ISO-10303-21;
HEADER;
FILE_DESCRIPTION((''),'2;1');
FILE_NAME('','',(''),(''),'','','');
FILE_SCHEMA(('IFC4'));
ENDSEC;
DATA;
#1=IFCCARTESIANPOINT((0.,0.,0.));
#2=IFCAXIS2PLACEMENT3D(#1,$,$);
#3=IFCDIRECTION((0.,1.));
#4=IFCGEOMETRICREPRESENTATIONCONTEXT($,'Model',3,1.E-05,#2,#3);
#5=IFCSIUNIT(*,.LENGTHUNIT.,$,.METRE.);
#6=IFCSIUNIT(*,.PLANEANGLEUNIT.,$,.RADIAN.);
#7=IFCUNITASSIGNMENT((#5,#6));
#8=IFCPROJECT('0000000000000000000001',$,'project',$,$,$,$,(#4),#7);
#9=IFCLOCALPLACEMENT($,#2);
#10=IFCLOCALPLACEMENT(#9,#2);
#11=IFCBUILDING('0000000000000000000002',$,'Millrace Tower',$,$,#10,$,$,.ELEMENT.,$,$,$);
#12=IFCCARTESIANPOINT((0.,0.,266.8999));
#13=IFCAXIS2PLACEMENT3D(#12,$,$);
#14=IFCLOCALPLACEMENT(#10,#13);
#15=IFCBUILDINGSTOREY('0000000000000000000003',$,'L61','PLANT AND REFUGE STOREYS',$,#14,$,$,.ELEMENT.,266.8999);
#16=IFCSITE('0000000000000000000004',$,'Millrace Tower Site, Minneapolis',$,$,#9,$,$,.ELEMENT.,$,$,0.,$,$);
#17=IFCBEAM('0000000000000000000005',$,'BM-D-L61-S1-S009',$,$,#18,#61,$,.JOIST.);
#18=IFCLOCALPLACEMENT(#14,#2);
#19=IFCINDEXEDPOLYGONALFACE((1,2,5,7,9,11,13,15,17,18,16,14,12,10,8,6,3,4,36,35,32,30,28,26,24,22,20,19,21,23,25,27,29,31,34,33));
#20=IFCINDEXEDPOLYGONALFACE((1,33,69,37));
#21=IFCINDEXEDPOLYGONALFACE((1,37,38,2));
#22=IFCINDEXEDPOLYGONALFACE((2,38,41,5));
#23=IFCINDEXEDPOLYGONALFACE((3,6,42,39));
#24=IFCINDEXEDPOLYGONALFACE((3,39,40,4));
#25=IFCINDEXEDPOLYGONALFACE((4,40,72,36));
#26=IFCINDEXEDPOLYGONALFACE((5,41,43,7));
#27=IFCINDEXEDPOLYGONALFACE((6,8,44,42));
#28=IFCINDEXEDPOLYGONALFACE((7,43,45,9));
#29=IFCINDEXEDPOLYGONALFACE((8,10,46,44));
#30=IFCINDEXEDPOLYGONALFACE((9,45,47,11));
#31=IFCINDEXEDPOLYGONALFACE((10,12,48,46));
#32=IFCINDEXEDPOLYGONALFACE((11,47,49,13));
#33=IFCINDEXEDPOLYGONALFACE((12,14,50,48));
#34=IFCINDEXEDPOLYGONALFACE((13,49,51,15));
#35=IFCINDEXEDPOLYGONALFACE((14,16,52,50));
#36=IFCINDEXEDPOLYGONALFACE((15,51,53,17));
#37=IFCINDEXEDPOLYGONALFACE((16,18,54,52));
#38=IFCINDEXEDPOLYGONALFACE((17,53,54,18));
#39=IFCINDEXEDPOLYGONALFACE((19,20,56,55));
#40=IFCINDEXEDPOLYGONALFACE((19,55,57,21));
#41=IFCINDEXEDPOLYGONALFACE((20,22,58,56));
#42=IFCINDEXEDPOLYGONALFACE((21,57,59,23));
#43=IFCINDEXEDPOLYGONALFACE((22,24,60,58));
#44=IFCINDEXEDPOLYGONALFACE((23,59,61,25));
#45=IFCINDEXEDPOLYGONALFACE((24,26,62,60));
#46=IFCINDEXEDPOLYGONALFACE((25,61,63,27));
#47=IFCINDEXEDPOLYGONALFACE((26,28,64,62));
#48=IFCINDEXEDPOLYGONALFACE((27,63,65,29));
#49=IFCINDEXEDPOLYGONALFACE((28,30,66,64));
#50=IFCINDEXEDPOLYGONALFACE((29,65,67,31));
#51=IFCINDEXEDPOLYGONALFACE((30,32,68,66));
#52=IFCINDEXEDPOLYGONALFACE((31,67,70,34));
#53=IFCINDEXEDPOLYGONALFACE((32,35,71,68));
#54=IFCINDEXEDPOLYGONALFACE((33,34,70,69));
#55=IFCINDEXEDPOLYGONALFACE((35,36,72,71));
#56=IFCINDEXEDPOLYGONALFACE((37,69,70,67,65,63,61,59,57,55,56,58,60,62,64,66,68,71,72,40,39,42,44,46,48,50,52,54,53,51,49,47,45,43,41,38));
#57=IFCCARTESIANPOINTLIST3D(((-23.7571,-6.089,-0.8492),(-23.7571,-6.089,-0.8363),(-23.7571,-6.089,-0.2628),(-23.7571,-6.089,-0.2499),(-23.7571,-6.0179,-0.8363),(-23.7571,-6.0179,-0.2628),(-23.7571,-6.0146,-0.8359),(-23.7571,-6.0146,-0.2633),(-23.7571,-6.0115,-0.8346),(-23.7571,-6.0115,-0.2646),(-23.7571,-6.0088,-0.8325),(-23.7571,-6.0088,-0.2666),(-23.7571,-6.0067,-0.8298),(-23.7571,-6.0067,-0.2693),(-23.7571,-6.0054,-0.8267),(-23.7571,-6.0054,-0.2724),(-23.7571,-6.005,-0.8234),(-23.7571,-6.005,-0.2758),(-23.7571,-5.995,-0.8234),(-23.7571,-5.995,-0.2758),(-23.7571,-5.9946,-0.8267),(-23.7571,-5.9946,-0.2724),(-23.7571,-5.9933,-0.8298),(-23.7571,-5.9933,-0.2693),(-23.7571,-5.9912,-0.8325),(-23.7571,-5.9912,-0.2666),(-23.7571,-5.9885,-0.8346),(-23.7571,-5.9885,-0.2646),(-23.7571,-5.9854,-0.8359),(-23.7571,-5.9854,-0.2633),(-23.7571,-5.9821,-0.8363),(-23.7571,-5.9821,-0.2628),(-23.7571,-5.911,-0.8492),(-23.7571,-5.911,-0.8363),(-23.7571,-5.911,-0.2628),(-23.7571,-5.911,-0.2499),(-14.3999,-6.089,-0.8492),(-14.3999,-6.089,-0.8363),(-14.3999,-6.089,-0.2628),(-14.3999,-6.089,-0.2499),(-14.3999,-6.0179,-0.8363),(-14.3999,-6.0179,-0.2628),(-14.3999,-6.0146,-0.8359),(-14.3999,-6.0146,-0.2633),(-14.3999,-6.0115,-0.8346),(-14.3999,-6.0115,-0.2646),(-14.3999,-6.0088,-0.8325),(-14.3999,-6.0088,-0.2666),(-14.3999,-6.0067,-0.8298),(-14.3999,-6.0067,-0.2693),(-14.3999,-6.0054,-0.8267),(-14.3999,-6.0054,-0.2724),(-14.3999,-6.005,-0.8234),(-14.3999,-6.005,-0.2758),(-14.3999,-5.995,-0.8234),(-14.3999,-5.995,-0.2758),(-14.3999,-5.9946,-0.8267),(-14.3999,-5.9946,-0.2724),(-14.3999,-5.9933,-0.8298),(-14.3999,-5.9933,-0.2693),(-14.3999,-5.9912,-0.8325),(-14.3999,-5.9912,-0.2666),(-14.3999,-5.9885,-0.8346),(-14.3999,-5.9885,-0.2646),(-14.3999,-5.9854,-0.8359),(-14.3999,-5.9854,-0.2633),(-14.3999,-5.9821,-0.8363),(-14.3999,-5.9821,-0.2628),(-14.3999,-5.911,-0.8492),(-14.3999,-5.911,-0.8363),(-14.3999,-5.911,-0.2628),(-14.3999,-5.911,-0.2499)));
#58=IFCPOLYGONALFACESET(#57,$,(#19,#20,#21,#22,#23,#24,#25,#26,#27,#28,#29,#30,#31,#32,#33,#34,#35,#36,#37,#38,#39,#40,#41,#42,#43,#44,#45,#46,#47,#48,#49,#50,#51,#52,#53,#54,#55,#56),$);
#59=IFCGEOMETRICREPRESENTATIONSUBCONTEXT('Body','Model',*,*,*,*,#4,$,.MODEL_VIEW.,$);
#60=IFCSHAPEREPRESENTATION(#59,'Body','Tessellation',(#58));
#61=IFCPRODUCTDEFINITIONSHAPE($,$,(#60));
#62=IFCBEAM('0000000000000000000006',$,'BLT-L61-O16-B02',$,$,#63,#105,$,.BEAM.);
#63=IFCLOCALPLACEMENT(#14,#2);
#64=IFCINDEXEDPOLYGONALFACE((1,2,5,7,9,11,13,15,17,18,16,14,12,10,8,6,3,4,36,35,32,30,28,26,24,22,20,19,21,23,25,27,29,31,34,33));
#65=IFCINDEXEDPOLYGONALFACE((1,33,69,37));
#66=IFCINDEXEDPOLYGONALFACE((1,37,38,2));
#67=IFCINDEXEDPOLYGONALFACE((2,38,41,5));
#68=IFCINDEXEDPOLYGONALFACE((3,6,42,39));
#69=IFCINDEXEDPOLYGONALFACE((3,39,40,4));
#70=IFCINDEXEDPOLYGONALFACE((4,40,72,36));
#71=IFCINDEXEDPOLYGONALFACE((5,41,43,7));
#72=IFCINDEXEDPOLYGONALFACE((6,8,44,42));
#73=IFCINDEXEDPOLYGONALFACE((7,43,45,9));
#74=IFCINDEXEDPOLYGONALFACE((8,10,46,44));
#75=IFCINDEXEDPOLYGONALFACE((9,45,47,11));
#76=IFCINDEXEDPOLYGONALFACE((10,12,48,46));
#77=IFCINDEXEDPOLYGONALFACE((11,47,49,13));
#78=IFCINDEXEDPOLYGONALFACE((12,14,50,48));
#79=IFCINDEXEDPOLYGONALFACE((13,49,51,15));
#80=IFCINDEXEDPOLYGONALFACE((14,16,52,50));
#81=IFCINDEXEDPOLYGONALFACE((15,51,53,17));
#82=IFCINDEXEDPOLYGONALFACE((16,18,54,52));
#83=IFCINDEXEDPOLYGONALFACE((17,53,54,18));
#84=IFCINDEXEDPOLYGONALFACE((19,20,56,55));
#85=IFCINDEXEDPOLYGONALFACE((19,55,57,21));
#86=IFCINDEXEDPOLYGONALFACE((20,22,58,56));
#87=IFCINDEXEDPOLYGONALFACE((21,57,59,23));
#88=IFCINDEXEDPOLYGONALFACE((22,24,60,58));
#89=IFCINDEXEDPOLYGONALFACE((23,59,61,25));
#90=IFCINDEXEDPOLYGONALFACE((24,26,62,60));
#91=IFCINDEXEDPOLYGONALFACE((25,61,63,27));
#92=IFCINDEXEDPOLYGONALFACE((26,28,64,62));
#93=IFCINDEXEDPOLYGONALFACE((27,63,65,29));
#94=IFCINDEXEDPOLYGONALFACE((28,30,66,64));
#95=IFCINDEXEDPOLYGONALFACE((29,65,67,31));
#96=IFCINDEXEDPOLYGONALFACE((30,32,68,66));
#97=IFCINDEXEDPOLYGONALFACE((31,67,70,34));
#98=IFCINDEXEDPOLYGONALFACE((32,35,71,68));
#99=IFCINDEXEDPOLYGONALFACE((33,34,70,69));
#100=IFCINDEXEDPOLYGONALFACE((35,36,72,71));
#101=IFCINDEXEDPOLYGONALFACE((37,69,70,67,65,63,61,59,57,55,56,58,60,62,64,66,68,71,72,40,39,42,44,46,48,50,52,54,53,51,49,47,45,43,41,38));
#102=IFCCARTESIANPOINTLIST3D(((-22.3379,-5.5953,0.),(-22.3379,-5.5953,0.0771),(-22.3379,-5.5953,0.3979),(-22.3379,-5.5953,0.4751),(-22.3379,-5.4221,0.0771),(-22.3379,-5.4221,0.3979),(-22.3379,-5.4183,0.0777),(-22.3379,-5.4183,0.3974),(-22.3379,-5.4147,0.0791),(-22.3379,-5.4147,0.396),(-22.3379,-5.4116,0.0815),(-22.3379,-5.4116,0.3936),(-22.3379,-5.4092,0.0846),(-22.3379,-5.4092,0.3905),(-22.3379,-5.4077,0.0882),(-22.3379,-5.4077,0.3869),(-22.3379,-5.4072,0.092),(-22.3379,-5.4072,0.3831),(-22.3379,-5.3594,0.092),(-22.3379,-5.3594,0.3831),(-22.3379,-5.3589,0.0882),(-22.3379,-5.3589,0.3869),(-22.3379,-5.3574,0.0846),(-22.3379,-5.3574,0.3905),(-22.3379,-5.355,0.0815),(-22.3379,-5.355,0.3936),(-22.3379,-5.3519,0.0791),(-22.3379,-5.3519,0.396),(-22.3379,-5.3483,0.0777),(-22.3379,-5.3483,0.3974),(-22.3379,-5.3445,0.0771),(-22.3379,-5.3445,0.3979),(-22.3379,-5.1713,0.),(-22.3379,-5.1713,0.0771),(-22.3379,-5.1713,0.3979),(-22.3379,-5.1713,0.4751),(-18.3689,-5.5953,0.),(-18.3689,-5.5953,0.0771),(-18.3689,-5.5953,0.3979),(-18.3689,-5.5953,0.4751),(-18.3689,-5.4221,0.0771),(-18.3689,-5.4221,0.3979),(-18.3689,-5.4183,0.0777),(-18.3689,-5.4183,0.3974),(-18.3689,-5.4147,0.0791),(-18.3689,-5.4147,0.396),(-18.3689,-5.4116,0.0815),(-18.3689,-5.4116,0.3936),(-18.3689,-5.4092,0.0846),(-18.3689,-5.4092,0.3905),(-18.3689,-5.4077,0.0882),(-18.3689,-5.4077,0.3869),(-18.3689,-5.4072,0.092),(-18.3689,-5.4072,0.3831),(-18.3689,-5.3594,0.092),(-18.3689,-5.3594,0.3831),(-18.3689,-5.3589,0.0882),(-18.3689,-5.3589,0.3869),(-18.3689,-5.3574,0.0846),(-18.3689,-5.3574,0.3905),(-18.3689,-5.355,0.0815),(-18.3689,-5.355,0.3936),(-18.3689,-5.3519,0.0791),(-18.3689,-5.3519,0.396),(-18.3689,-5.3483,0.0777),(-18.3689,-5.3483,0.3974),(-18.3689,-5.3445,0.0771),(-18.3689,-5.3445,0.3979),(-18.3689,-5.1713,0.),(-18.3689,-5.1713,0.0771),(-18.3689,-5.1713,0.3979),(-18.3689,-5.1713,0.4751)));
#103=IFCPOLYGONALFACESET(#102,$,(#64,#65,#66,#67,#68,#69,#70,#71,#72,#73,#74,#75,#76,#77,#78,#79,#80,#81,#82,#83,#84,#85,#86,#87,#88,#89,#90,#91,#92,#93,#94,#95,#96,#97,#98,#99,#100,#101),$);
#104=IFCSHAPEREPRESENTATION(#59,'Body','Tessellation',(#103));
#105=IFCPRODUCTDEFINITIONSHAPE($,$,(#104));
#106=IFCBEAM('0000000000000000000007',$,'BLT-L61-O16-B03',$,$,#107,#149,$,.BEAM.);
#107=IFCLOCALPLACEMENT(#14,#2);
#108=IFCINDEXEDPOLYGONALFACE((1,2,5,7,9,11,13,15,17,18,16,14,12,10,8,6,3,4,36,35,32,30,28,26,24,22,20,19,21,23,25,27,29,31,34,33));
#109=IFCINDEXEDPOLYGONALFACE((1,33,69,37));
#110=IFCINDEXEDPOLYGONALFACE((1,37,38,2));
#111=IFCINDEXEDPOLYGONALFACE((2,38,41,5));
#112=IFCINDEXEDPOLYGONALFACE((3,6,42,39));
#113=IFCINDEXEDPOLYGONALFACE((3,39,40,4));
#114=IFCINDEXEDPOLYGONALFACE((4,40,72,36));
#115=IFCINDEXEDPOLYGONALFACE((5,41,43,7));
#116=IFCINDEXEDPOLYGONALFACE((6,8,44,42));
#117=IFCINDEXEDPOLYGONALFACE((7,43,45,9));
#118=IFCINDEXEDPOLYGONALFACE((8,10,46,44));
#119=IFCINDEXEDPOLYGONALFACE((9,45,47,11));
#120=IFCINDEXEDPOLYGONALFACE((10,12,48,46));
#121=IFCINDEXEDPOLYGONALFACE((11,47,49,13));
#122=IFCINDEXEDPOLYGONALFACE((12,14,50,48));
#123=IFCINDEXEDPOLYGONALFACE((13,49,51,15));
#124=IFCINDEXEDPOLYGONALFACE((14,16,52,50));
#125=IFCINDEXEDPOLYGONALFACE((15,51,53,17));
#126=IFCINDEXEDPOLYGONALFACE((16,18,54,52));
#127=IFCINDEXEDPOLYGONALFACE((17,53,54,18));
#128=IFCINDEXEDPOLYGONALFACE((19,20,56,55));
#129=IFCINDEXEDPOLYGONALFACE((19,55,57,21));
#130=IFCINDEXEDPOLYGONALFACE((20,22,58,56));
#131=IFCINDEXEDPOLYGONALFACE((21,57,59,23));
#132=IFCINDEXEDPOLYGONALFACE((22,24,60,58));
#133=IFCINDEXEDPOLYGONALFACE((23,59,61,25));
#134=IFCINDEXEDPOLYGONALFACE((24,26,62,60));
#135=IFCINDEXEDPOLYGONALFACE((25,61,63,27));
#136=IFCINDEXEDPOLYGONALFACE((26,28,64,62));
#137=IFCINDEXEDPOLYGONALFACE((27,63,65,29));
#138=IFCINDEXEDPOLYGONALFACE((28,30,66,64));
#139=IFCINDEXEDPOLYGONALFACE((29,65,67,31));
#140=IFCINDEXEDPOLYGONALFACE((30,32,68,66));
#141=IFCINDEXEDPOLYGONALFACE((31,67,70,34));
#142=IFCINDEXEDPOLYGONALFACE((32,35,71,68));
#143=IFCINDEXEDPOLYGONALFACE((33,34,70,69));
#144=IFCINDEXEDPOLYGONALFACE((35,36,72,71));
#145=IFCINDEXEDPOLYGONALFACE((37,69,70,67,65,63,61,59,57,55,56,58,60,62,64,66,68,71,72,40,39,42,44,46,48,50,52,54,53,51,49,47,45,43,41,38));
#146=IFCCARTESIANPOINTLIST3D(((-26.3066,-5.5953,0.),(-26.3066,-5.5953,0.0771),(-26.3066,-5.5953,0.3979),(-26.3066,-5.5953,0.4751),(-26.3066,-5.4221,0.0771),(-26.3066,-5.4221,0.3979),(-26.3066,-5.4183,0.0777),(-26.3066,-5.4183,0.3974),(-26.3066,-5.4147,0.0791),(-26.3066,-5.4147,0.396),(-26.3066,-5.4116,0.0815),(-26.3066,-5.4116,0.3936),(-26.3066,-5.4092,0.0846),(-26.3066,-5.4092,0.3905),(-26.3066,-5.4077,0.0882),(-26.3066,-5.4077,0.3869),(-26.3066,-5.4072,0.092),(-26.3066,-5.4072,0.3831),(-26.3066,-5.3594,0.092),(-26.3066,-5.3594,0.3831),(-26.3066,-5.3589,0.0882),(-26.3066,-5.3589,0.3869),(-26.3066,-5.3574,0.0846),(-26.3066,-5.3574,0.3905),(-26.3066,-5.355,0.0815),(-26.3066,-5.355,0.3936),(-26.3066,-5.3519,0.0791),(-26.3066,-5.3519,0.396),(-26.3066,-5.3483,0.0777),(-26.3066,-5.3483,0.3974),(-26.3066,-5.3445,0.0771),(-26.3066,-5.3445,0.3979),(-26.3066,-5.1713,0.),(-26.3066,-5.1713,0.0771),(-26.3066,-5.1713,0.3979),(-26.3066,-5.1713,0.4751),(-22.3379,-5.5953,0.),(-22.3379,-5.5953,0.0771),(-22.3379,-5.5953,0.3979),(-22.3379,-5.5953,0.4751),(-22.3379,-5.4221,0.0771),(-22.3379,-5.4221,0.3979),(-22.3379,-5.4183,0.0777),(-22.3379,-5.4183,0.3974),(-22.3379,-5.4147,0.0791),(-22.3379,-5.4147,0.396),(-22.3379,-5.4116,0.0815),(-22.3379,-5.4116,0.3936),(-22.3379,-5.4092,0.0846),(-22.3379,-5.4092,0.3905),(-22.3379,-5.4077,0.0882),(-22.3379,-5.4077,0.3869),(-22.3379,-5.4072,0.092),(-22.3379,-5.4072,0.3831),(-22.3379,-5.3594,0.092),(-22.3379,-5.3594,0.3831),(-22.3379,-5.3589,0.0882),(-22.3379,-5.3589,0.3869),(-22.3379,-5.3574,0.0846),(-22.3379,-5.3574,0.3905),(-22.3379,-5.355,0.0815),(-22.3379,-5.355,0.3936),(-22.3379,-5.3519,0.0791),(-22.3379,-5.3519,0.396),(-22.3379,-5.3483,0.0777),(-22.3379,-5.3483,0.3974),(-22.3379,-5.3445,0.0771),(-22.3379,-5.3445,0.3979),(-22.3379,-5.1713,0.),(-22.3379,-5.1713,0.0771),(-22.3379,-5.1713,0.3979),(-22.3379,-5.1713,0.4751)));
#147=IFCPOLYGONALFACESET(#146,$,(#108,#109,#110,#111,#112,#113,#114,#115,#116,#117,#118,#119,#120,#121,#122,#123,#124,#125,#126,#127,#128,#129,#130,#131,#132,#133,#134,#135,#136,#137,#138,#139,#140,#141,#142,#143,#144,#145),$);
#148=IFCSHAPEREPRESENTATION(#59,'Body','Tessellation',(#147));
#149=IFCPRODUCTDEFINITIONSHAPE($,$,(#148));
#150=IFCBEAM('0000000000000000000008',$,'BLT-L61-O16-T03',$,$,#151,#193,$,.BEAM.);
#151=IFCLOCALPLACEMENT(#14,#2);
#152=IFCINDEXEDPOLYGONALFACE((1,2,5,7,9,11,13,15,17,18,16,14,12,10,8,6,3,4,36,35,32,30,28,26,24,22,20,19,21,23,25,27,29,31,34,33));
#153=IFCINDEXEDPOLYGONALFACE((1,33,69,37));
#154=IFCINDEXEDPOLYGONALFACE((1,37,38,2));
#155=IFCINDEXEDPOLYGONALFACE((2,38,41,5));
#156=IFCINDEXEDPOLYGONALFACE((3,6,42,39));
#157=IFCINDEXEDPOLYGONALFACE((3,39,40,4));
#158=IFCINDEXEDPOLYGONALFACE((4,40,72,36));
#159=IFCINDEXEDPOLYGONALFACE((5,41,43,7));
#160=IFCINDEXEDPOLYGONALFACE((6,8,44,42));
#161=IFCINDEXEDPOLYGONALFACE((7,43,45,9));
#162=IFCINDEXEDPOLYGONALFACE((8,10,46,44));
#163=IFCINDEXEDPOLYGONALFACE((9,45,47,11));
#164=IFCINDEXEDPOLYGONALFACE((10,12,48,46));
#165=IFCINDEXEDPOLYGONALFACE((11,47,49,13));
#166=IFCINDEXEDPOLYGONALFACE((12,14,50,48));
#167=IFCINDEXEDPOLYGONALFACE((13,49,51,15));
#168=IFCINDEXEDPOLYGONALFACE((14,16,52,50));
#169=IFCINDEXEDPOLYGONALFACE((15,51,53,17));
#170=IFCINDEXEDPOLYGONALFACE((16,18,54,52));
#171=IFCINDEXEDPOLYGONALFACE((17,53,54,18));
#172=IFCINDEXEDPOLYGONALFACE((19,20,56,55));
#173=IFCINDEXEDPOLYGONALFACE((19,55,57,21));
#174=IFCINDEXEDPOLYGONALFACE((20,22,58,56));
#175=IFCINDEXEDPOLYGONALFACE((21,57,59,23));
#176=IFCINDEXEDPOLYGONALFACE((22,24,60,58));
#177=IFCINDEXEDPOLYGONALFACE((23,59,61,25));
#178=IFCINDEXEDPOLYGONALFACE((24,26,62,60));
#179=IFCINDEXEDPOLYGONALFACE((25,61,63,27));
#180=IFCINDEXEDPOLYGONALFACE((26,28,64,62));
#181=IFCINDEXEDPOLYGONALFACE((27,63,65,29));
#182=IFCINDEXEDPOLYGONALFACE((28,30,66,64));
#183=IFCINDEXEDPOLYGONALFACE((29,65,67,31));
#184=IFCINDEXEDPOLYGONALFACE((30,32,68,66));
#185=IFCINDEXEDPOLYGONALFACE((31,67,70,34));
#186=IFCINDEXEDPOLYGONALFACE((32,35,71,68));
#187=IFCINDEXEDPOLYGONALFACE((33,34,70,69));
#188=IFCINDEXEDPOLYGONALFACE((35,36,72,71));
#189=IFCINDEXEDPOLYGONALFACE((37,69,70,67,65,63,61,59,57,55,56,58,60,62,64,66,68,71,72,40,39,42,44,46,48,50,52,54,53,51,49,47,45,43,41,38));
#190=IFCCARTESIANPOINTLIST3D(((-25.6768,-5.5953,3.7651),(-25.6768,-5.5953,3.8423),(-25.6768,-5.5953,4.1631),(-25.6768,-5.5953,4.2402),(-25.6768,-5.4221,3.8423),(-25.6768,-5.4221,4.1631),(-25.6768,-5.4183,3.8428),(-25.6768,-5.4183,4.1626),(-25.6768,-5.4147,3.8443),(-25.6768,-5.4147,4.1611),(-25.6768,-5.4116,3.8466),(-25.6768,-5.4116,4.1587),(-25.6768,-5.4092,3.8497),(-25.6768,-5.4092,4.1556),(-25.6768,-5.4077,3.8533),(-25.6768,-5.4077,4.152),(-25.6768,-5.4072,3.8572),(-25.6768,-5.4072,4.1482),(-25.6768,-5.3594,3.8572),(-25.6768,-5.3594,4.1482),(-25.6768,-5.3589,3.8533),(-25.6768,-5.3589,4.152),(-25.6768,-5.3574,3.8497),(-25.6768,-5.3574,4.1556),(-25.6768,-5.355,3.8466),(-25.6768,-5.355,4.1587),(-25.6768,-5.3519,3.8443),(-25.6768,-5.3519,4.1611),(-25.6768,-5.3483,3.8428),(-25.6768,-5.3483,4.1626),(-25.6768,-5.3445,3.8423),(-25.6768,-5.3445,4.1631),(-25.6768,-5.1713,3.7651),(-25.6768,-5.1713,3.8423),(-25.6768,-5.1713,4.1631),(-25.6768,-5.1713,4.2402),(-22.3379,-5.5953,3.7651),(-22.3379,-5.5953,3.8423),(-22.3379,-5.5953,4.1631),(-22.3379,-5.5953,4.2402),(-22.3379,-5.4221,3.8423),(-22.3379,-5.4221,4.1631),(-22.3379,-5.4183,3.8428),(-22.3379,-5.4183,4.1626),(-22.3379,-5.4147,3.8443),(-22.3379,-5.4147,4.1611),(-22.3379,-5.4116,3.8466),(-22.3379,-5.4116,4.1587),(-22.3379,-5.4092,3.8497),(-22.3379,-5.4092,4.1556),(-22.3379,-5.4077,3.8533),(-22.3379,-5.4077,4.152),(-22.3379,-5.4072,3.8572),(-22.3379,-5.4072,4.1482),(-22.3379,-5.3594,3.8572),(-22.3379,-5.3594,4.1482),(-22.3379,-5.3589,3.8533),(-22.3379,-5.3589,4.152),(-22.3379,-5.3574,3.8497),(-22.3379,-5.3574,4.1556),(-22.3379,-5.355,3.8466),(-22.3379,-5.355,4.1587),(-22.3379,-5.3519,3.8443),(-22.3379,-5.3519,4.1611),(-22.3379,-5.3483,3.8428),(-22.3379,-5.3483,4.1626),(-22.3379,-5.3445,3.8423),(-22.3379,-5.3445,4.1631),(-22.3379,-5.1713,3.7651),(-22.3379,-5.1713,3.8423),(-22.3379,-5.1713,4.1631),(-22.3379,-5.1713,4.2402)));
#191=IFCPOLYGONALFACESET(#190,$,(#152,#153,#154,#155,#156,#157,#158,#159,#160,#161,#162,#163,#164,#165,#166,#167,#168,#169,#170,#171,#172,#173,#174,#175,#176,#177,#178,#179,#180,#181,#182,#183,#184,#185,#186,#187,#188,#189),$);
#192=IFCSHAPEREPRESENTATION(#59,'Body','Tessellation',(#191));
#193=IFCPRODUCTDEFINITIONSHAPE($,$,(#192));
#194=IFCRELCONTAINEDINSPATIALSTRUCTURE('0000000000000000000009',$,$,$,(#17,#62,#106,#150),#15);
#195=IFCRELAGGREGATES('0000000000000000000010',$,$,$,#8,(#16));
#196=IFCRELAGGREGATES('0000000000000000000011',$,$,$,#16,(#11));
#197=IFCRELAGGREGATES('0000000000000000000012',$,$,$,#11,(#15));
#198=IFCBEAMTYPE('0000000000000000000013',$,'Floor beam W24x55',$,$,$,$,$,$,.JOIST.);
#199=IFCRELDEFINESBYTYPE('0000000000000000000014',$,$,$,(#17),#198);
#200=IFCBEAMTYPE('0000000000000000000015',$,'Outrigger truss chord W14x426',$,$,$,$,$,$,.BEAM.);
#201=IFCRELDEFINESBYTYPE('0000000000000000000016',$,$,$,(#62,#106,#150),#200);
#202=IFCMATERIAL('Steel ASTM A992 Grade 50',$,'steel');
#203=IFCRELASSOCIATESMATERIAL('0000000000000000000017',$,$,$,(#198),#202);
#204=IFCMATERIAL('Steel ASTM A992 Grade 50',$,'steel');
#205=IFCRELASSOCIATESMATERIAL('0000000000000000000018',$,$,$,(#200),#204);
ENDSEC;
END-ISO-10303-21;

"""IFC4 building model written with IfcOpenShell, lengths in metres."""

from ifc_helpers import new_model, si_unit, direction, frame, origin, origin_2d, place, context, subcontext, project, spatial, i_section, extrude, material, material_profile, profile_set, type_object, element, save


model = new_model("IFC4")

# Units and contexts
model_context = context("Model", 3, precision=1e-05, world=origin(), true_north=direction((0.0, 1.0)))
body_context = subcontext(model_context, "Body", "Model", "MODEL_VIEW")
ifc_project = project(units=[si_unit("LENGTHUNIT", "METRE"), si_unit("PLANEANGLEUNIT", "RADIAN")], contexts=[model_context])

# Site, building, storey
site_placement = place(None, origin())
site = spatial("IfcSite", under=ifc_project, at=site_placement, Name="Millrace Tower Site, Minneapolis", CompositionType="ELEMENT", RefElevation=0.0)
building_placement = place(site_placement, origin())
building = spatial("IfcBuilding", under=site, at=building_placement, Name="Millrace Tower", CompositionType="ELEMENT")
storey_placement = place(building_placement, frame((0.0, 0.0, 266.8999)))
storey = spatial("IfcBuildingStorey", under=building, at=storey_placement, Name="L61", Description="PLANT AND REFUGE STOREYS", CompositionType="ELEMENT", Elevation=266.8999)

# Beams
ifc_material_1 = material(Name="Steel ASTM A992 Grade 50", Category="steel")
ifc_material_profile_1 = material_profile(ifc_material_1, i_section(OverallWidth=0.178, OverallDepth=0.5994, WebThickness=0.01, FlangeThickness=0.0129, FilletRadius=0.0129, at=origin_2d()))
ifc_profile_set_1 = profile_set([ifc_material_profile_1], Name="Steel ASTM A992 Grade 50")
beam_type_1 = type_object("IfcBeamType", Name="Floor beam W24x55", PredefinedType="JOIST", material=ifc_profile_set_1)
beam_1_placement = place(storey_placement, frame((-23.7571, -6.0, -0.5496), z_axis=(1.0, 0.0, 0.0), x_axis=(0.0, 1.0, 0.0)))
element("IfcBeam", 1, at=beam_1_placement, inside=storey, type_object=beam_type_1, Name="BM-D-L61-S1-S009", PredefinedType="JOIST", context=body_context, shape_type="SweptSolid", body=[
    extrude(i_section(OverallWidth=0.178, OverallDepth=0.5994, WebThickness=0.01, FlangeThickness=0.0129, FilletRadius=0.0129, at=origin_2d()), origin(), (0.0, 0.0, 1.0), 9.3572),
])
ifc_material_2 = material(Name="Steel ASTM A992 Grade 50", Category="steel")
ifc_material_profile_2 = material_profile(ifc_material_2, i_section(OverallWidth=0.4241, OverallDepth=0.4751, WebThickness=0.0479, FlangeThickness=0.0771, FilletRadius=0.0149, at=origin_2d()))
ifc_profile_set_2 = profile_set([ifc_material_profile_2], Name="Steel ASTM A992 Grade 50")
beam_type_2 = type_object("IfcBeamType", Name="Outrigger truss chord W14x426", PredefinedType="BEAM", material=ifc_profile_set_2)
beam_2_placement = place(storey_placement, frame((-18.3689, -5.3833, 0.2375), z_axis=(-1.0, 0.0, 0.0), x_axis=(0.0, -1.0, 0.0)))
element("IfcBeam", 2, at=beam_2_placement, inside=storey, type_object=beam_type_2, Name="BLT-L61-O16-B02", PredefinedType="BEAM", context=body_context, shape_type="SweptSolid", body=[
    extrude(i_section(OverallWidth=0.4241, OverallDepth=0.4751, WebThickness=0.0479, FlangeThickness=0.0771, FilletRadius=0.0149, at=origin_2d()), origin(), (0.0, 0.0, 1.0), 3.969),
])
beam_3_placement = place(storey_placement, frame((-22.3379, -5.3833, 0.2375), z_axis=(-1.0, 0.0, 0.0), x_axis=(0.0, -1.0, 0.0)))
element("IfcBeam", 3, at=beam_3_placement, inside=storey, type_object=beam_type_2, Name="BLT-L61-O16-B03", PredefinedType="BEAM", context=body_context, shape_type="SweptSolid", body=[
    extrude(i_section(OverallWidth=0.4241, OverallDepth=0.4751, WebThickness=0.0479, FlangeThickness=0.0771, FilletRadius=0.0149, at=origin_2d()), origin(), (0.0, 0.0, 1.0), 3.9688),
])
beam_4_placement = place(storey_placement, frame((-22.3379, -5.3833, 4.0027), z_axis=(-1.0, 0.0, 0.0), x_axis=(0.0, -1.0, 0.0)))
element("IfcBeam", 4, at=beam_4_placement, inside=storey, type_object=beam_type_2, Name="BLT-L61-O16-T03", PredefinedType="BEAM", context=body_context, shape_type="SweptSolid", body=[
    extrude(i_section(OverallWidth=0.4241, OverallDepth=0.4751, WebThickness=0.0479, FlangeThickness=0.0771, FilletRadius=0.0149, at=origin_2d()), origin(), (0.0, 0.0, 1.0), 3.3389),
])

save(model, "model.ifc")
